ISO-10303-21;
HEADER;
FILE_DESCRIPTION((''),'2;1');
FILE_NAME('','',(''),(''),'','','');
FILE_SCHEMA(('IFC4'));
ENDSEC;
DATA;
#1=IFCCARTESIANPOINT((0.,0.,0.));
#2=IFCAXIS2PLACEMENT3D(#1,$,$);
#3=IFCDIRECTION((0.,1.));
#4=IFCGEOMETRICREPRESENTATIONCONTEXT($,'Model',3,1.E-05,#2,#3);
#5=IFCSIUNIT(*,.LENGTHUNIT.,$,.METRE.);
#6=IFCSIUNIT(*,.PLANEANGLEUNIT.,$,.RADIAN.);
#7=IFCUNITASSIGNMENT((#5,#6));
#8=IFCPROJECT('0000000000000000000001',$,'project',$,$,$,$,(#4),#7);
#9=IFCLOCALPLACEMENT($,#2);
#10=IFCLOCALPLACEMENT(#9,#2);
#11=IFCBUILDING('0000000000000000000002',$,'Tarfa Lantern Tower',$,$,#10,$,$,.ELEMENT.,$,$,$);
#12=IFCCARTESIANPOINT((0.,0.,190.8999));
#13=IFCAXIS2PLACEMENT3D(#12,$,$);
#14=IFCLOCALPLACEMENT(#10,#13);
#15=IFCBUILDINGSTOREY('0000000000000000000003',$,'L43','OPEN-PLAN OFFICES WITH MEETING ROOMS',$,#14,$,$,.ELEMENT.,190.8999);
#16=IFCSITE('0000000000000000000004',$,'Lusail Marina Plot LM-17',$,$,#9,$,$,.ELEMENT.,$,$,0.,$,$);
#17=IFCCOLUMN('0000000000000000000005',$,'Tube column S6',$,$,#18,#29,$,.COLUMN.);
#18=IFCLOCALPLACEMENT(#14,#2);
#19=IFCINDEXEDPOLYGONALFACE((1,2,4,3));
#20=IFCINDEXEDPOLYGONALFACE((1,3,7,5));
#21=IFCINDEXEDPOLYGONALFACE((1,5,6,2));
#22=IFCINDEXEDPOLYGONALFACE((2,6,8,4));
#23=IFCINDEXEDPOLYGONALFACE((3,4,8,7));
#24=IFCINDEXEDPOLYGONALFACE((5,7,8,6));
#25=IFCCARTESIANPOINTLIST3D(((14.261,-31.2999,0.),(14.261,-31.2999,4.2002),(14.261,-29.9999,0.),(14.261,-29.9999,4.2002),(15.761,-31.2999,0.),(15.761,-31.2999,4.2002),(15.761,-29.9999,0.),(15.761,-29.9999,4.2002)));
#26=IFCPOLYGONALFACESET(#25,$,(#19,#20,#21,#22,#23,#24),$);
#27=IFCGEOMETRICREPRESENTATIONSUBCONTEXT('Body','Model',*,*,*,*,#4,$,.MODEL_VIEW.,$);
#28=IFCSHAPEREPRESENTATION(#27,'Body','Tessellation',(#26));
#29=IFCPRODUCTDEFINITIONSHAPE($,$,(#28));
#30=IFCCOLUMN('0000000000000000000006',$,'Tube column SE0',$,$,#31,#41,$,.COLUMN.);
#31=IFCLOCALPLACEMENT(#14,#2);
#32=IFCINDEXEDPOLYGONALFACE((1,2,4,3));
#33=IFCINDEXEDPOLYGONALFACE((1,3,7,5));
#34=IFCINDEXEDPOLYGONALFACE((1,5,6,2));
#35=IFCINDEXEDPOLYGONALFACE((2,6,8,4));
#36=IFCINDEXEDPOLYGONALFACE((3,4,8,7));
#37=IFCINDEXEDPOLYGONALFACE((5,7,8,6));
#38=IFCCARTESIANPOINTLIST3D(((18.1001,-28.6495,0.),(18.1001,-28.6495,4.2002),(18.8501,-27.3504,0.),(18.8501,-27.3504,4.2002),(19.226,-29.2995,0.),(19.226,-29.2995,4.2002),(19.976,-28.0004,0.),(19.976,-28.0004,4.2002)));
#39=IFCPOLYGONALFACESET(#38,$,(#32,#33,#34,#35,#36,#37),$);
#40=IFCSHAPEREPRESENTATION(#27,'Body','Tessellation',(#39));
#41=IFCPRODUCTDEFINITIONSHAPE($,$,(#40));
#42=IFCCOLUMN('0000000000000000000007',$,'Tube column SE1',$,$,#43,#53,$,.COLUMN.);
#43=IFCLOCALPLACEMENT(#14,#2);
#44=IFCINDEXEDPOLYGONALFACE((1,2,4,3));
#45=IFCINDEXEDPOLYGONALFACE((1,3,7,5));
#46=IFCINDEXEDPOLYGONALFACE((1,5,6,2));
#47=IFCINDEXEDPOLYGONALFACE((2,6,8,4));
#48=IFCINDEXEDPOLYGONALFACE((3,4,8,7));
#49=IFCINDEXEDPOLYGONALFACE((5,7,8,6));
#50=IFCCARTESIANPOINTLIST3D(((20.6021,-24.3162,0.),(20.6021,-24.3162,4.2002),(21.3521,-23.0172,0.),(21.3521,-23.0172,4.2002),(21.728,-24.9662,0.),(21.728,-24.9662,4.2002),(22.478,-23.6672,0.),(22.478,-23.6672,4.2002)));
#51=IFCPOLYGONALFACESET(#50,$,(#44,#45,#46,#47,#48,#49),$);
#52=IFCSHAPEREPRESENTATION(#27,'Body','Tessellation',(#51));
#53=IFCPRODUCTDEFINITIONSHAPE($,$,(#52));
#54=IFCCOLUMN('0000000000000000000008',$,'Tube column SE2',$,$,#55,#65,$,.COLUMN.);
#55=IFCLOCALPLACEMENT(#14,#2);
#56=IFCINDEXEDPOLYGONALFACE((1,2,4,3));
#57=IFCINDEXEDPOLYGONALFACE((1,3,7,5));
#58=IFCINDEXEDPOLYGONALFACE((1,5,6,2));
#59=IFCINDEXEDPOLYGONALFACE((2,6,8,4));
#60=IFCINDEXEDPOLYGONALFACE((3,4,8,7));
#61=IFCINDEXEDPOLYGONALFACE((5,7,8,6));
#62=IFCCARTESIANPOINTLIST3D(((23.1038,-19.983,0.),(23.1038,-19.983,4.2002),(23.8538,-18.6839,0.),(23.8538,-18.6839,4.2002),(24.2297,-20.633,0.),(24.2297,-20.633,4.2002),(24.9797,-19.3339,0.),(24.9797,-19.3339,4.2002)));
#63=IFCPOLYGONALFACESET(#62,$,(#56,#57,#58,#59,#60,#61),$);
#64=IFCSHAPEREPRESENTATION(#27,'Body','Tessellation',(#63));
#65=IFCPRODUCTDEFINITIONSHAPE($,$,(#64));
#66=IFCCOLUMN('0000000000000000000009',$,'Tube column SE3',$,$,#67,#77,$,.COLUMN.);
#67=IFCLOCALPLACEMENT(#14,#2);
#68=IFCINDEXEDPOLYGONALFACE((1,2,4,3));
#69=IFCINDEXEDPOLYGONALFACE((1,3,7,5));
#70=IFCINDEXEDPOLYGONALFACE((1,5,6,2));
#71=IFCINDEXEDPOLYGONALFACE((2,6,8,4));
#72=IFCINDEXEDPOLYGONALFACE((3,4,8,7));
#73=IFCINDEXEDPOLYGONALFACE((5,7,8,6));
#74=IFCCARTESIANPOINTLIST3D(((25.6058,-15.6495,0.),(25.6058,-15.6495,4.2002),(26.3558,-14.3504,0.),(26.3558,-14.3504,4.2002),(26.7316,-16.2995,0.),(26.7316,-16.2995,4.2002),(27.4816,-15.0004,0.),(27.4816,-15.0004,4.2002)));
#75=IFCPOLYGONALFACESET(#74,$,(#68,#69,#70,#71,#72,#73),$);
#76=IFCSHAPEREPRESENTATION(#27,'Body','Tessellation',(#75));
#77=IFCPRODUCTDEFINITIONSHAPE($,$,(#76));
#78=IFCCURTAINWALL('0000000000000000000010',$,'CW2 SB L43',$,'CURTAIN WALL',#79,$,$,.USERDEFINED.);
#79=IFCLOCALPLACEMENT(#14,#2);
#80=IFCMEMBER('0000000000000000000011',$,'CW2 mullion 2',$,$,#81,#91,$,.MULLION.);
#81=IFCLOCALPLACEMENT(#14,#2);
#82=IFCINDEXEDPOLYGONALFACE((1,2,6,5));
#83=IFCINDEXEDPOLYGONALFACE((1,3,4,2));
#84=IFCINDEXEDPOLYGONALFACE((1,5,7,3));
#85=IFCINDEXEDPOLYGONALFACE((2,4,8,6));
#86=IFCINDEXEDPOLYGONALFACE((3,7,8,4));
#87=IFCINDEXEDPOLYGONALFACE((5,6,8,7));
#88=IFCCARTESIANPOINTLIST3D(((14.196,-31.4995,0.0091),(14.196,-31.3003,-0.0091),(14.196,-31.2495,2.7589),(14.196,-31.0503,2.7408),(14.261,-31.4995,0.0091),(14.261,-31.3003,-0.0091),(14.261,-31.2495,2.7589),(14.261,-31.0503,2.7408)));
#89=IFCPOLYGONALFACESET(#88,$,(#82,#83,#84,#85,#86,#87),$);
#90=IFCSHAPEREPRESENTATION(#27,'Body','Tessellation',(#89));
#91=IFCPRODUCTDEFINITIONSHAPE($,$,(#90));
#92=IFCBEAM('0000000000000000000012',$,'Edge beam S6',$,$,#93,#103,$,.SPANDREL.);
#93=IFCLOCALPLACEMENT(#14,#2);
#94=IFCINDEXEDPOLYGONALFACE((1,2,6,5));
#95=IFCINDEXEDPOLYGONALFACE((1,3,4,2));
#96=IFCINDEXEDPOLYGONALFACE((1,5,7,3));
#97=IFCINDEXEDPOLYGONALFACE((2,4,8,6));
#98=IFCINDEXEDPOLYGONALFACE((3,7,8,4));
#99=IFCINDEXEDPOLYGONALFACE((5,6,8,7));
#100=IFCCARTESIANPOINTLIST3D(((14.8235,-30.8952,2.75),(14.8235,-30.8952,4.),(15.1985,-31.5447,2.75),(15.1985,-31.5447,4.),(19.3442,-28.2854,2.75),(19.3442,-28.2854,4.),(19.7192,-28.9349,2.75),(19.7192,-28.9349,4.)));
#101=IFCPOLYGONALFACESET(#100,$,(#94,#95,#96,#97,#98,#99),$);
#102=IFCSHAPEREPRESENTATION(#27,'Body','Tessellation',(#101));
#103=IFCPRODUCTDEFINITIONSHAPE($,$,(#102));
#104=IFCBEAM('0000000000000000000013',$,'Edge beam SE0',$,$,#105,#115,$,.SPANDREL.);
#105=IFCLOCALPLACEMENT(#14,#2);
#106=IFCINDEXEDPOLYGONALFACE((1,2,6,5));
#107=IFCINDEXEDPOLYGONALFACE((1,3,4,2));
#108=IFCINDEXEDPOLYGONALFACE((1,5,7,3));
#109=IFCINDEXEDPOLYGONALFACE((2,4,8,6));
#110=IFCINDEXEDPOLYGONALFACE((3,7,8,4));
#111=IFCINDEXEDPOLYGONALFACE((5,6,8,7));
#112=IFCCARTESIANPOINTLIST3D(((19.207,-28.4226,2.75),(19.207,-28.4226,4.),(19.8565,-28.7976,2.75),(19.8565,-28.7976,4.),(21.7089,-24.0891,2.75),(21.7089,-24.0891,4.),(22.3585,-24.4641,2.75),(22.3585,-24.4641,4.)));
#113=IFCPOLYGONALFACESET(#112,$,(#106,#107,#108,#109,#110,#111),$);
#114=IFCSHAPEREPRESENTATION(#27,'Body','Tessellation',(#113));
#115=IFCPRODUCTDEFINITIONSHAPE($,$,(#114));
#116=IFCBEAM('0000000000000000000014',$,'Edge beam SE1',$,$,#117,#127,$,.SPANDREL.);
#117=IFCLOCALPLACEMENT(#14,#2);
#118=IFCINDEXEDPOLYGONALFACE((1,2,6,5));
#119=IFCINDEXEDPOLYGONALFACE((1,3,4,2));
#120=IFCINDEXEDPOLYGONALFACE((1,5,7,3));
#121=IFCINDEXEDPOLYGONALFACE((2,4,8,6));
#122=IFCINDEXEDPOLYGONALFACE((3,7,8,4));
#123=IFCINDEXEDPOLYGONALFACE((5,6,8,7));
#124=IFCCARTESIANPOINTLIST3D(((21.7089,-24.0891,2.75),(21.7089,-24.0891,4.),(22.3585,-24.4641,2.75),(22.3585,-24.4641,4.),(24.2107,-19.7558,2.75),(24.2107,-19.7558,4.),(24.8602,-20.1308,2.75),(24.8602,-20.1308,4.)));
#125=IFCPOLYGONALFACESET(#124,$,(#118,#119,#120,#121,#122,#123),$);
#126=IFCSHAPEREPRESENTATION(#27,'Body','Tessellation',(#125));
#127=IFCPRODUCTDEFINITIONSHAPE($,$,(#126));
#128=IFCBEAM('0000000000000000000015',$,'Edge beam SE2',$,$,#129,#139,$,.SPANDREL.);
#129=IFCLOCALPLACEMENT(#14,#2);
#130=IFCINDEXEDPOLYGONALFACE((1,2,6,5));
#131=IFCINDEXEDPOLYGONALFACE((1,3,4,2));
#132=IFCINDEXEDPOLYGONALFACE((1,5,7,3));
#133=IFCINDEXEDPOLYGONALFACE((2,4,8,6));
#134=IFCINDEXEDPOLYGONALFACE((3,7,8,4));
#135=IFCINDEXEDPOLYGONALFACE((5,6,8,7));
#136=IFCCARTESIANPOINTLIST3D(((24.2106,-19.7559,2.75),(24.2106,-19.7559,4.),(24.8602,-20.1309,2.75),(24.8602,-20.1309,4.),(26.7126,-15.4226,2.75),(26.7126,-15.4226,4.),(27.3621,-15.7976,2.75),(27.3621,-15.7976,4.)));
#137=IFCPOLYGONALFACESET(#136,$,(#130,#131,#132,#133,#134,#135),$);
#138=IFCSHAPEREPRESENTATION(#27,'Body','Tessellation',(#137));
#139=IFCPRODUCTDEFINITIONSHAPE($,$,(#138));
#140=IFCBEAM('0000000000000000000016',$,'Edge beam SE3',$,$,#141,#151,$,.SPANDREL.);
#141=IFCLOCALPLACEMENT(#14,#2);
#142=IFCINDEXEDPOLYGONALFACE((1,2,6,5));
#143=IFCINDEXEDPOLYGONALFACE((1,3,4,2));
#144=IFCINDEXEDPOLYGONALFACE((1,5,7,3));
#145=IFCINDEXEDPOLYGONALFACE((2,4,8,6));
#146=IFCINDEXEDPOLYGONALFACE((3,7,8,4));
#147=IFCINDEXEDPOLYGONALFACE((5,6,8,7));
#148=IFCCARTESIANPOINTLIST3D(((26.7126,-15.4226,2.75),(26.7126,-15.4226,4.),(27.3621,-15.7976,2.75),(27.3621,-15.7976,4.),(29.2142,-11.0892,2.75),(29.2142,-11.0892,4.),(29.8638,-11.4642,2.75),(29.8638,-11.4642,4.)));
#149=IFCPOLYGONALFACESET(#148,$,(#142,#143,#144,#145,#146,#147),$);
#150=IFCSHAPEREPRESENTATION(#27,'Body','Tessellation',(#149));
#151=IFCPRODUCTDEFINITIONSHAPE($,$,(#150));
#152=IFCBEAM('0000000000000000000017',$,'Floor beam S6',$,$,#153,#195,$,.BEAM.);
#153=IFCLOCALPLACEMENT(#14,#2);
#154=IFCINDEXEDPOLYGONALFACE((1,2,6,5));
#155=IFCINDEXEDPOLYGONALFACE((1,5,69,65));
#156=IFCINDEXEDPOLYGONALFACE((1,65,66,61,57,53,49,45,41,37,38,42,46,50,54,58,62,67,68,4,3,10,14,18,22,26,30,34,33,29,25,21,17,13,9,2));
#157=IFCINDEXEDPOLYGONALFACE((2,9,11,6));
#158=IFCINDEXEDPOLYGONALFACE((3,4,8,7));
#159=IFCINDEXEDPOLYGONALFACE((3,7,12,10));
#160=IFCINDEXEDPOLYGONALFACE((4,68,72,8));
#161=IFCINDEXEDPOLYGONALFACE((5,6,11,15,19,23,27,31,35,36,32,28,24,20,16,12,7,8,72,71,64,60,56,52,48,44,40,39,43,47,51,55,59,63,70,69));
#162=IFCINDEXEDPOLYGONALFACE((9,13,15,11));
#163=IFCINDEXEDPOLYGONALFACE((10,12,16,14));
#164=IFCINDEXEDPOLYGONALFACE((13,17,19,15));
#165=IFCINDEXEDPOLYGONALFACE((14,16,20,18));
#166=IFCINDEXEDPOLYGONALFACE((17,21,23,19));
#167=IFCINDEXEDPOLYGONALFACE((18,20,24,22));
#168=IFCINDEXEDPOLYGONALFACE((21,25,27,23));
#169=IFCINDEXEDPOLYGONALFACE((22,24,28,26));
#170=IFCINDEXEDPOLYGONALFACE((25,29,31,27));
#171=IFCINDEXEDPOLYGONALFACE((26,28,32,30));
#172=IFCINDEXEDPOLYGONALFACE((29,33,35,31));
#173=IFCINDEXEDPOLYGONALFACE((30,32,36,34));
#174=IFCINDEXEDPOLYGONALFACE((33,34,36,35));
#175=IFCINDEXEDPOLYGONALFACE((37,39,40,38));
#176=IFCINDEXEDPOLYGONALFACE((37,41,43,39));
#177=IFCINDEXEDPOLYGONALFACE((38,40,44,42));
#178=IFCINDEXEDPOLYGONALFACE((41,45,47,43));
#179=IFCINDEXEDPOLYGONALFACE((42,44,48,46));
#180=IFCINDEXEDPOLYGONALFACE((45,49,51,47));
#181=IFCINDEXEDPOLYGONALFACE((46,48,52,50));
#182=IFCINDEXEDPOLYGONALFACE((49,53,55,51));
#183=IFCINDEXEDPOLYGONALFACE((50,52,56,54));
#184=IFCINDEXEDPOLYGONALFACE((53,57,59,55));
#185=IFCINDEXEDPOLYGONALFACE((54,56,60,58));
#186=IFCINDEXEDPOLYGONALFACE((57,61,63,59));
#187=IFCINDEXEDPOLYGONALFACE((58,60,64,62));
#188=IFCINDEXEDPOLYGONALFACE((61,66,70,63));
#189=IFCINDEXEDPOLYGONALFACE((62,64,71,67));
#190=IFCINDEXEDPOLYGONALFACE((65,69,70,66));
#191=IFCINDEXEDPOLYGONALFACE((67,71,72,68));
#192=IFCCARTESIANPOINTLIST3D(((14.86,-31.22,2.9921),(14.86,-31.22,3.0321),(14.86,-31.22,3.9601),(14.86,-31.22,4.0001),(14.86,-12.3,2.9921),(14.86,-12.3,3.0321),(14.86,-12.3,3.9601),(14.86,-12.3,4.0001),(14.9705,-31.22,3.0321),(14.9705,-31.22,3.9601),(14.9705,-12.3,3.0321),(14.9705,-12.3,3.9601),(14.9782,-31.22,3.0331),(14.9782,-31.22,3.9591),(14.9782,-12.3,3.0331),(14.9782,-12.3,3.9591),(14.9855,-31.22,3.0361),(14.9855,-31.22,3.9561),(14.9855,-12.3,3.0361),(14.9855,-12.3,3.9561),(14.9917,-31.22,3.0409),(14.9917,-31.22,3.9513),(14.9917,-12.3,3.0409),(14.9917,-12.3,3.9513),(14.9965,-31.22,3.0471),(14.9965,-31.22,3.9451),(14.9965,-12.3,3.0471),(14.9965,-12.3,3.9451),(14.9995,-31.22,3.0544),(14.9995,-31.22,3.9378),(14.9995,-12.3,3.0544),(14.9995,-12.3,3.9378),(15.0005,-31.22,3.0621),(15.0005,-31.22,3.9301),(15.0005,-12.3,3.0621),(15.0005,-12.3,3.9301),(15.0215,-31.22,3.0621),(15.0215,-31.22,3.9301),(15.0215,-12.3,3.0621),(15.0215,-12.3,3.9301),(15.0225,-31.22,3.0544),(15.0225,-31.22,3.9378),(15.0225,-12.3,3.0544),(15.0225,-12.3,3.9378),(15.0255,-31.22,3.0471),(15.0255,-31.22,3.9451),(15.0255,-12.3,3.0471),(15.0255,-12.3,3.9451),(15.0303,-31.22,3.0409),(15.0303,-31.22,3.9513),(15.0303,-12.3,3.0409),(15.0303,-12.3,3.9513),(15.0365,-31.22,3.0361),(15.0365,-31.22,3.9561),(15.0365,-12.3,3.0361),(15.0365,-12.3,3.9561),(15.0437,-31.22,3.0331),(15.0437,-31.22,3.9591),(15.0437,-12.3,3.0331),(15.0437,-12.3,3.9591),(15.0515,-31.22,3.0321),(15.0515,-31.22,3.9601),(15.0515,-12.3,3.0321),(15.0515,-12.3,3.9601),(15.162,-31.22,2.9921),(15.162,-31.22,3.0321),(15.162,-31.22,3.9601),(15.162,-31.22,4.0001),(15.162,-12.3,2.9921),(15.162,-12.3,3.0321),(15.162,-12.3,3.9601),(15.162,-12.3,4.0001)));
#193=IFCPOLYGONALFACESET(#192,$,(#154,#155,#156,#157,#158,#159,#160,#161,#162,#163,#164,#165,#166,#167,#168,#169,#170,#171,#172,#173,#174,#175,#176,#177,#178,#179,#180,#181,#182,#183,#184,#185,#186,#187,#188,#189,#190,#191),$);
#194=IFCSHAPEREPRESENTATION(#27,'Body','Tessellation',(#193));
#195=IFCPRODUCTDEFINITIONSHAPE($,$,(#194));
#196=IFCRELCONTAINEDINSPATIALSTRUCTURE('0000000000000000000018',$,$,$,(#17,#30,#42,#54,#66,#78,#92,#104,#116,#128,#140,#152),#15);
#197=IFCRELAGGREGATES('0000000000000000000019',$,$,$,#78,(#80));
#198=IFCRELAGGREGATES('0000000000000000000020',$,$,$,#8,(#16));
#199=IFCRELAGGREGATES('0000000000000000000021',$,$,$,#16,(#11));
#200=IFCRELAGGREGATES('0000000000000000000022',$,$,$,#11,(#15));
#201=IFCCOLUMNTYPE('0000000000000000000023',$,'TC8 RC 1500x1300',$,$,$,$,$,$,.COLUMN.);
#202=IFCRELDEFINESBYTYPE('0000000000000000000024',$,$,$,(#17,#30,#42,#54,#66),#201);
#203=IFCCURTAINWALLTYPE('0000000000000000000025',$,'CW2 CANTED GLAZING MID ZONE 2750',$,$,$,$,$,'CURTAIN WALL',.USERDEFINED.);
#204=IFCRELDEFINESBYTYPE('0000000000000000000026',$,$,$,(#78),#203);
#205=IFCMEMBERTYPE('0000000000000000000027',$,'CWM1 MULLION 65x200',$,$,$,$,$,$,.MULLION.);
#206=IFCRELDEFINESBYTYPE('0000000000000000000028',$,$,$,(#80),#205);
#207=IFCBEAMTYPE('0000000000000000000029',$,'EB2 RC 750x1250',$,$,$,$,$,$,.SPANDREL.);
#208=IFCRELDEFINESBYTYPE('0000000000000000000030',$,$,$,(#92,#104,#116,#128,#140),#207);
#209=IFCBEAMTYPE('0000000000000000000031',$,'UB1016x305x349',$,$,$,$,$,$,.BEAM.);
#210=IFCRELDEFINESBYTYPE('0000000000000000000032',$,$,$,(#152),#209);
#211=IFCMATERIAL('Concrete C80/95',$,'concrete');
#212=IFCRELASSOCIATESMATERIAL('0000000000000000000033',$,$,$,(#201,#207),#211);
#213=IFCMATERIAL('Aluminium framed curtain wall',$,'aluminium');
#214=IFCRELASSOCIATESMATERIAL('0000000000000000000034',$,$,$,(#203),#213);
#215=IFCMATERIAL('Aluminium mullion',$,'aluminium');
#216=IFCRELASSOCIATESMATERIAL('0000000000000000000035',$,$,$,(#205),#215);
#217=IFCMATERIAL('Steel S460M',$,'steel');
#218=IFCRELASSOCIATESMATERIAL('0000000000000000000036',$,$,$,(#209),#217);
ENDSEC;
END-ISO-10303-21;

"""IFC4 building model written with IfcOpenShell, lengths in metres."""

from ifc_helpers import new_model, si_unit, direction, frame, origin, origin_2d, place, context, subcontext, project, spatial, rectangle, i_section, extrude, material, material_profile, profile_set, type_object, element, aggregate, save


model = new_model("IFC4")

# Units and contexts
model_context = context("Model", 3, precision=1e-05, world=origin(), true_north=direction((0.0, 1.0)))
body_context = subcontext(model_context, "Body", "Model", "MODEL_VIEW")
ifc_project = project(units=[si_unit("LENGTHUNIT", "METRE"), si_unit("PLANEANGLEUNIT", "RADIAN")], contexts=[model_context])

# Site, building, storey
site_placement = place(None, origin())
site = spatial("IfcSite", under=ifc_project, at=site_placement, Name="Lusail Marina Plot LM-17", CompositionType="ELEMENT", RefElevation=0.0)
building_placement = place(site_placement, origin())
building = spatial("IfcBuilding", under=site, at=building_placement, Name="Tarfa Lantern Tower", CompositionType="ELEMENT")
storey_placement = place(building_placement, frame((0.0, 0.0, 190.8999)))
storey = spatial("IfcBuildingStorey", under=building, at=storey_placement, Name="L43", Description="OPEN-PLAN OFFICES WITH MEETING ROOMS", CompositionType="ELEMENT", Elevation=190.8999)

# Columns
ifc_material_1 = material(Name="Concrete C80/95", Category="concrete")
ifc_material_profile_1 = material_profile(ifc_material_1, rectangle(XDim=1.5, YDim=1.3, at=origin_2d()), Name="RC 1500x1300")
ifc_profile_set_1 = profile_set([ifc_material_profile_1], Name="Concrete C80/95")
column_type = type_object("IfcColumnType", Name="TC8 RC 1500x1300", PredefinedType="COLUMN", material=ifc_profile_set_1)
for number, where, z_axis, x_axis, name in (
    (1, (15.011, -30.6499, 0.0), (0.0, 0.0, 1.0), (1.0, 0.0, 0.0), "Tube column S6"),
    (2, (19.0381, -28.325, 0.0), (0.0, 0.0, 1.0), (0.5, 0.866025, 0.0), "Tube column SE0"),
    (3, (21.54, -23.9917, 0.0), (0.0, 0.0, 1.0), (0.5, 0.866025, 0.0), "Tube column SE1"),
    (4, (24.0417, -19.6584, 0.0), (0.0, 0.0, 1.0), (0.5, 0.866025, 0.0), "Tube column SE2"),
    (5, (26.5437, -15.325, 0.0), (0.0, 0.0, 1.0), (0.5, 0.866025, 0.0), "Tube column SE3"),
):
    element("IfcColumn", number, at=place(storey_placement, frame(where, z_axis=z_axis, x_axis=x_axis)), inside=storey, type_object=column_type, Name=name, PredefinedType="COLUMN", context=body_context, shape_type="SweptSolid", body=[
        extrude(rectangle(XDim=1.5, YDim=1.3, at=origin_2d()), origin(), (0.0, 0.0, 1.0), 4.2002),
    ])

# Curtain wall, member
ifc_material_2 = material(Name="Aluminium framed curtain wall", Category="aluminium")
curtain_wall_type = type_object("IfcCurtainWallType", Name="CW2 CANTED GLAZING MID ZONE 2750", ElementType="CURTAIN WALL", PredefinedType="USERDEFINED", material=ifc_material_2)
curtain_wall_placement = place(storey_placement, origin())
curtain_wall = element("IfcCurtainWall", 6, at=curtain_wall_placement, inside=storey, type_object=curtain_wall_type, Name="CW2 SB L43", ObjectType="CURTAIN WALL", PredefinedType="USERDEFINED")
ifc_material_3 = material(Name="Aluminium mullion", Category="aluminium")
ifc_material_profile_2 = material_profile(ifc_material_3, rectangle(XDim=0.0649, YDim=0.2, at=origin_2d()), Name="AL MULLION 65x200")
ifc_profile_set_2 = profile_set([ifc_material_profile_2], Name="Aluminium mullion")
member_type = type_object("IfcMemberType", Name="CWM1 MULLION 65x200", PredefinedType="MULLION", material=ifc_profile_set_2)
member_placement = place(storey_placement, frame((14.2285, -31.3999, 0.0), z_axis=(0.0, 0.090536, 0.995893), x_axis=(-1.0, 0.0, 0.0)))
member = element("IfcMember", 7, at=member_placement, type_object=member_type, Name="CW2 mullion 2", PredefinedType="MULLION", context=body_context, shape_type="SweptSolid", body=[
    extrude(rectangle(XDim=0.0649, YDim=0.2, at=origin_2d()), origin(), (0.0, 0.0, 1.0), 2.7612),
])
aggregate(curtain_wall, [member])

# Beams
ifc_material_profile_3 = material_profile(ifc_material_1, rectangle(XDim=0.75, YDim=1.25, at=origin_2d()), Name="RC 750x1250")
ifc_profile_set_3 = profile_set([ifc_material_profile_3], Name="Concrete C80/95")
beam_type_1 = type_object("IfcBeamType", Name="EB2 RC 750x1250", PredefinedType="SPANDREL", material=ifc_profile_set_3)
beam_1_placement = place(storey_placement, frame((15.011, -31.22, 3.375), z_axis=(0.866042, 0.499972, 0.0), x_axis=(-0.499972, 0.866042, 0.0)))
element("IfcBeam", 8, at=beam_1_placement, inside=storey, type_object=beam_type_1, Name="Edge beam S6", PredefinedType="SPANDREL", context=body_context, shape_type="SweptSolid", body=[
    extrude(rectangle(XDim=0.75, YDim=1.25, at=origin_2d()), origin(), (0.0, 0.0, 1.0), 5.22),
])
beam_2_placement = place(storey_placement, frame((19.5317, -28.6101, 3.375), z_axis=(0.500001, 0.866025, 0.0), x_axis=(-0.866025, 0.500001, 0.0)))
element("IfcBeam", 9, at=beam_2_placement, inside=storey, type_object=beam_type_1, Name="Edge beam SE0", PredefinedType="SPANDREL", context=body_context, shape_type="SweptSolid", body=[
    extrude(rectangle(XDim=0.75, YDim=1.25, at=origin_2d()), origin(), (0.0, 0.0, 1.0), 5.0039),
])
for number, where, z_axis, x_axis, name in (
    (10, (22.0337, -24.2766, 3.375), (0.499986, 0.866034, 0.0), (-0.866034, 0.499986, 0.0), "Edge beam SE1"),
    (11, (24.5354, -19.9434, 3.375), (0.500022, 0.866013, 0.0), (-0.866013, 0.500022, 0.0), "Edge beam SE2"),
    (12, (27.0374, -15.6101, 3.375), (0.499965, 0.866046, 0.0), (-0.866046, 0.499965, 0.0), "Edge beam SE3"),
):
    element("IfcBeam", number, at=place(storey_placement, frame(where, z_axis=z_axis, x_axis=x_axis)), inside=storey, type_object=beam_type_1, Name=name, PredefinedType="SPANDREL", context=body_context, shape_type="SweptSolid", body=[
        extrude(rectangle(XDim=0.75, YDim=1.25, at=origin_2d()), origin(), (0.0, 0.0, 1.0), 5.0037),
    ])
ifc_material_4 = material(Name="Steel S460M", Category="steel")
ifc_material_profile_4 = material_profile(ifc_material_4, i_section(OverallWidth=0.302, OverallDepth=1.0081, WebThickness=0.021, FlangeThickness=0.04, FilletRadius=0.03, at=origin_2d()), Name="UB1016x305x349")
ifc_profile_set_4 = profile_set([ifc_material_profile_4], Name="Steel S460M")
beam_type_2 = type_object("IfcBeamType", Name="UB1016x305x349", PredefinedType="BEAM", material=ifc_profile_set_4)
beam_3_placement = place(storey_placement, frame((15.011, -31.22, 3.4961), z_axis=(0.0, 1.0, 0.0), x_axis=(-1.0, 0.0, 0.0)))
element("IfcBeam", 13, at=beam_3_placement, inside=storey, type_object=beam_type_2, Name="Floor beam S6", PredefinedType="BEAM", context=body_context, shape_type="SweptSolid", body=[
    extrude(i_section(OverallWidth=0.302, OverallDepth=1.0081, WebThickness=0.021, FlangeThickness=0.04, FilletRadius=0.03, at=origin_2d()), origin(), (0.0, 0.0, 1.0), 18.9199),
])

save(model, "model.ifc")
